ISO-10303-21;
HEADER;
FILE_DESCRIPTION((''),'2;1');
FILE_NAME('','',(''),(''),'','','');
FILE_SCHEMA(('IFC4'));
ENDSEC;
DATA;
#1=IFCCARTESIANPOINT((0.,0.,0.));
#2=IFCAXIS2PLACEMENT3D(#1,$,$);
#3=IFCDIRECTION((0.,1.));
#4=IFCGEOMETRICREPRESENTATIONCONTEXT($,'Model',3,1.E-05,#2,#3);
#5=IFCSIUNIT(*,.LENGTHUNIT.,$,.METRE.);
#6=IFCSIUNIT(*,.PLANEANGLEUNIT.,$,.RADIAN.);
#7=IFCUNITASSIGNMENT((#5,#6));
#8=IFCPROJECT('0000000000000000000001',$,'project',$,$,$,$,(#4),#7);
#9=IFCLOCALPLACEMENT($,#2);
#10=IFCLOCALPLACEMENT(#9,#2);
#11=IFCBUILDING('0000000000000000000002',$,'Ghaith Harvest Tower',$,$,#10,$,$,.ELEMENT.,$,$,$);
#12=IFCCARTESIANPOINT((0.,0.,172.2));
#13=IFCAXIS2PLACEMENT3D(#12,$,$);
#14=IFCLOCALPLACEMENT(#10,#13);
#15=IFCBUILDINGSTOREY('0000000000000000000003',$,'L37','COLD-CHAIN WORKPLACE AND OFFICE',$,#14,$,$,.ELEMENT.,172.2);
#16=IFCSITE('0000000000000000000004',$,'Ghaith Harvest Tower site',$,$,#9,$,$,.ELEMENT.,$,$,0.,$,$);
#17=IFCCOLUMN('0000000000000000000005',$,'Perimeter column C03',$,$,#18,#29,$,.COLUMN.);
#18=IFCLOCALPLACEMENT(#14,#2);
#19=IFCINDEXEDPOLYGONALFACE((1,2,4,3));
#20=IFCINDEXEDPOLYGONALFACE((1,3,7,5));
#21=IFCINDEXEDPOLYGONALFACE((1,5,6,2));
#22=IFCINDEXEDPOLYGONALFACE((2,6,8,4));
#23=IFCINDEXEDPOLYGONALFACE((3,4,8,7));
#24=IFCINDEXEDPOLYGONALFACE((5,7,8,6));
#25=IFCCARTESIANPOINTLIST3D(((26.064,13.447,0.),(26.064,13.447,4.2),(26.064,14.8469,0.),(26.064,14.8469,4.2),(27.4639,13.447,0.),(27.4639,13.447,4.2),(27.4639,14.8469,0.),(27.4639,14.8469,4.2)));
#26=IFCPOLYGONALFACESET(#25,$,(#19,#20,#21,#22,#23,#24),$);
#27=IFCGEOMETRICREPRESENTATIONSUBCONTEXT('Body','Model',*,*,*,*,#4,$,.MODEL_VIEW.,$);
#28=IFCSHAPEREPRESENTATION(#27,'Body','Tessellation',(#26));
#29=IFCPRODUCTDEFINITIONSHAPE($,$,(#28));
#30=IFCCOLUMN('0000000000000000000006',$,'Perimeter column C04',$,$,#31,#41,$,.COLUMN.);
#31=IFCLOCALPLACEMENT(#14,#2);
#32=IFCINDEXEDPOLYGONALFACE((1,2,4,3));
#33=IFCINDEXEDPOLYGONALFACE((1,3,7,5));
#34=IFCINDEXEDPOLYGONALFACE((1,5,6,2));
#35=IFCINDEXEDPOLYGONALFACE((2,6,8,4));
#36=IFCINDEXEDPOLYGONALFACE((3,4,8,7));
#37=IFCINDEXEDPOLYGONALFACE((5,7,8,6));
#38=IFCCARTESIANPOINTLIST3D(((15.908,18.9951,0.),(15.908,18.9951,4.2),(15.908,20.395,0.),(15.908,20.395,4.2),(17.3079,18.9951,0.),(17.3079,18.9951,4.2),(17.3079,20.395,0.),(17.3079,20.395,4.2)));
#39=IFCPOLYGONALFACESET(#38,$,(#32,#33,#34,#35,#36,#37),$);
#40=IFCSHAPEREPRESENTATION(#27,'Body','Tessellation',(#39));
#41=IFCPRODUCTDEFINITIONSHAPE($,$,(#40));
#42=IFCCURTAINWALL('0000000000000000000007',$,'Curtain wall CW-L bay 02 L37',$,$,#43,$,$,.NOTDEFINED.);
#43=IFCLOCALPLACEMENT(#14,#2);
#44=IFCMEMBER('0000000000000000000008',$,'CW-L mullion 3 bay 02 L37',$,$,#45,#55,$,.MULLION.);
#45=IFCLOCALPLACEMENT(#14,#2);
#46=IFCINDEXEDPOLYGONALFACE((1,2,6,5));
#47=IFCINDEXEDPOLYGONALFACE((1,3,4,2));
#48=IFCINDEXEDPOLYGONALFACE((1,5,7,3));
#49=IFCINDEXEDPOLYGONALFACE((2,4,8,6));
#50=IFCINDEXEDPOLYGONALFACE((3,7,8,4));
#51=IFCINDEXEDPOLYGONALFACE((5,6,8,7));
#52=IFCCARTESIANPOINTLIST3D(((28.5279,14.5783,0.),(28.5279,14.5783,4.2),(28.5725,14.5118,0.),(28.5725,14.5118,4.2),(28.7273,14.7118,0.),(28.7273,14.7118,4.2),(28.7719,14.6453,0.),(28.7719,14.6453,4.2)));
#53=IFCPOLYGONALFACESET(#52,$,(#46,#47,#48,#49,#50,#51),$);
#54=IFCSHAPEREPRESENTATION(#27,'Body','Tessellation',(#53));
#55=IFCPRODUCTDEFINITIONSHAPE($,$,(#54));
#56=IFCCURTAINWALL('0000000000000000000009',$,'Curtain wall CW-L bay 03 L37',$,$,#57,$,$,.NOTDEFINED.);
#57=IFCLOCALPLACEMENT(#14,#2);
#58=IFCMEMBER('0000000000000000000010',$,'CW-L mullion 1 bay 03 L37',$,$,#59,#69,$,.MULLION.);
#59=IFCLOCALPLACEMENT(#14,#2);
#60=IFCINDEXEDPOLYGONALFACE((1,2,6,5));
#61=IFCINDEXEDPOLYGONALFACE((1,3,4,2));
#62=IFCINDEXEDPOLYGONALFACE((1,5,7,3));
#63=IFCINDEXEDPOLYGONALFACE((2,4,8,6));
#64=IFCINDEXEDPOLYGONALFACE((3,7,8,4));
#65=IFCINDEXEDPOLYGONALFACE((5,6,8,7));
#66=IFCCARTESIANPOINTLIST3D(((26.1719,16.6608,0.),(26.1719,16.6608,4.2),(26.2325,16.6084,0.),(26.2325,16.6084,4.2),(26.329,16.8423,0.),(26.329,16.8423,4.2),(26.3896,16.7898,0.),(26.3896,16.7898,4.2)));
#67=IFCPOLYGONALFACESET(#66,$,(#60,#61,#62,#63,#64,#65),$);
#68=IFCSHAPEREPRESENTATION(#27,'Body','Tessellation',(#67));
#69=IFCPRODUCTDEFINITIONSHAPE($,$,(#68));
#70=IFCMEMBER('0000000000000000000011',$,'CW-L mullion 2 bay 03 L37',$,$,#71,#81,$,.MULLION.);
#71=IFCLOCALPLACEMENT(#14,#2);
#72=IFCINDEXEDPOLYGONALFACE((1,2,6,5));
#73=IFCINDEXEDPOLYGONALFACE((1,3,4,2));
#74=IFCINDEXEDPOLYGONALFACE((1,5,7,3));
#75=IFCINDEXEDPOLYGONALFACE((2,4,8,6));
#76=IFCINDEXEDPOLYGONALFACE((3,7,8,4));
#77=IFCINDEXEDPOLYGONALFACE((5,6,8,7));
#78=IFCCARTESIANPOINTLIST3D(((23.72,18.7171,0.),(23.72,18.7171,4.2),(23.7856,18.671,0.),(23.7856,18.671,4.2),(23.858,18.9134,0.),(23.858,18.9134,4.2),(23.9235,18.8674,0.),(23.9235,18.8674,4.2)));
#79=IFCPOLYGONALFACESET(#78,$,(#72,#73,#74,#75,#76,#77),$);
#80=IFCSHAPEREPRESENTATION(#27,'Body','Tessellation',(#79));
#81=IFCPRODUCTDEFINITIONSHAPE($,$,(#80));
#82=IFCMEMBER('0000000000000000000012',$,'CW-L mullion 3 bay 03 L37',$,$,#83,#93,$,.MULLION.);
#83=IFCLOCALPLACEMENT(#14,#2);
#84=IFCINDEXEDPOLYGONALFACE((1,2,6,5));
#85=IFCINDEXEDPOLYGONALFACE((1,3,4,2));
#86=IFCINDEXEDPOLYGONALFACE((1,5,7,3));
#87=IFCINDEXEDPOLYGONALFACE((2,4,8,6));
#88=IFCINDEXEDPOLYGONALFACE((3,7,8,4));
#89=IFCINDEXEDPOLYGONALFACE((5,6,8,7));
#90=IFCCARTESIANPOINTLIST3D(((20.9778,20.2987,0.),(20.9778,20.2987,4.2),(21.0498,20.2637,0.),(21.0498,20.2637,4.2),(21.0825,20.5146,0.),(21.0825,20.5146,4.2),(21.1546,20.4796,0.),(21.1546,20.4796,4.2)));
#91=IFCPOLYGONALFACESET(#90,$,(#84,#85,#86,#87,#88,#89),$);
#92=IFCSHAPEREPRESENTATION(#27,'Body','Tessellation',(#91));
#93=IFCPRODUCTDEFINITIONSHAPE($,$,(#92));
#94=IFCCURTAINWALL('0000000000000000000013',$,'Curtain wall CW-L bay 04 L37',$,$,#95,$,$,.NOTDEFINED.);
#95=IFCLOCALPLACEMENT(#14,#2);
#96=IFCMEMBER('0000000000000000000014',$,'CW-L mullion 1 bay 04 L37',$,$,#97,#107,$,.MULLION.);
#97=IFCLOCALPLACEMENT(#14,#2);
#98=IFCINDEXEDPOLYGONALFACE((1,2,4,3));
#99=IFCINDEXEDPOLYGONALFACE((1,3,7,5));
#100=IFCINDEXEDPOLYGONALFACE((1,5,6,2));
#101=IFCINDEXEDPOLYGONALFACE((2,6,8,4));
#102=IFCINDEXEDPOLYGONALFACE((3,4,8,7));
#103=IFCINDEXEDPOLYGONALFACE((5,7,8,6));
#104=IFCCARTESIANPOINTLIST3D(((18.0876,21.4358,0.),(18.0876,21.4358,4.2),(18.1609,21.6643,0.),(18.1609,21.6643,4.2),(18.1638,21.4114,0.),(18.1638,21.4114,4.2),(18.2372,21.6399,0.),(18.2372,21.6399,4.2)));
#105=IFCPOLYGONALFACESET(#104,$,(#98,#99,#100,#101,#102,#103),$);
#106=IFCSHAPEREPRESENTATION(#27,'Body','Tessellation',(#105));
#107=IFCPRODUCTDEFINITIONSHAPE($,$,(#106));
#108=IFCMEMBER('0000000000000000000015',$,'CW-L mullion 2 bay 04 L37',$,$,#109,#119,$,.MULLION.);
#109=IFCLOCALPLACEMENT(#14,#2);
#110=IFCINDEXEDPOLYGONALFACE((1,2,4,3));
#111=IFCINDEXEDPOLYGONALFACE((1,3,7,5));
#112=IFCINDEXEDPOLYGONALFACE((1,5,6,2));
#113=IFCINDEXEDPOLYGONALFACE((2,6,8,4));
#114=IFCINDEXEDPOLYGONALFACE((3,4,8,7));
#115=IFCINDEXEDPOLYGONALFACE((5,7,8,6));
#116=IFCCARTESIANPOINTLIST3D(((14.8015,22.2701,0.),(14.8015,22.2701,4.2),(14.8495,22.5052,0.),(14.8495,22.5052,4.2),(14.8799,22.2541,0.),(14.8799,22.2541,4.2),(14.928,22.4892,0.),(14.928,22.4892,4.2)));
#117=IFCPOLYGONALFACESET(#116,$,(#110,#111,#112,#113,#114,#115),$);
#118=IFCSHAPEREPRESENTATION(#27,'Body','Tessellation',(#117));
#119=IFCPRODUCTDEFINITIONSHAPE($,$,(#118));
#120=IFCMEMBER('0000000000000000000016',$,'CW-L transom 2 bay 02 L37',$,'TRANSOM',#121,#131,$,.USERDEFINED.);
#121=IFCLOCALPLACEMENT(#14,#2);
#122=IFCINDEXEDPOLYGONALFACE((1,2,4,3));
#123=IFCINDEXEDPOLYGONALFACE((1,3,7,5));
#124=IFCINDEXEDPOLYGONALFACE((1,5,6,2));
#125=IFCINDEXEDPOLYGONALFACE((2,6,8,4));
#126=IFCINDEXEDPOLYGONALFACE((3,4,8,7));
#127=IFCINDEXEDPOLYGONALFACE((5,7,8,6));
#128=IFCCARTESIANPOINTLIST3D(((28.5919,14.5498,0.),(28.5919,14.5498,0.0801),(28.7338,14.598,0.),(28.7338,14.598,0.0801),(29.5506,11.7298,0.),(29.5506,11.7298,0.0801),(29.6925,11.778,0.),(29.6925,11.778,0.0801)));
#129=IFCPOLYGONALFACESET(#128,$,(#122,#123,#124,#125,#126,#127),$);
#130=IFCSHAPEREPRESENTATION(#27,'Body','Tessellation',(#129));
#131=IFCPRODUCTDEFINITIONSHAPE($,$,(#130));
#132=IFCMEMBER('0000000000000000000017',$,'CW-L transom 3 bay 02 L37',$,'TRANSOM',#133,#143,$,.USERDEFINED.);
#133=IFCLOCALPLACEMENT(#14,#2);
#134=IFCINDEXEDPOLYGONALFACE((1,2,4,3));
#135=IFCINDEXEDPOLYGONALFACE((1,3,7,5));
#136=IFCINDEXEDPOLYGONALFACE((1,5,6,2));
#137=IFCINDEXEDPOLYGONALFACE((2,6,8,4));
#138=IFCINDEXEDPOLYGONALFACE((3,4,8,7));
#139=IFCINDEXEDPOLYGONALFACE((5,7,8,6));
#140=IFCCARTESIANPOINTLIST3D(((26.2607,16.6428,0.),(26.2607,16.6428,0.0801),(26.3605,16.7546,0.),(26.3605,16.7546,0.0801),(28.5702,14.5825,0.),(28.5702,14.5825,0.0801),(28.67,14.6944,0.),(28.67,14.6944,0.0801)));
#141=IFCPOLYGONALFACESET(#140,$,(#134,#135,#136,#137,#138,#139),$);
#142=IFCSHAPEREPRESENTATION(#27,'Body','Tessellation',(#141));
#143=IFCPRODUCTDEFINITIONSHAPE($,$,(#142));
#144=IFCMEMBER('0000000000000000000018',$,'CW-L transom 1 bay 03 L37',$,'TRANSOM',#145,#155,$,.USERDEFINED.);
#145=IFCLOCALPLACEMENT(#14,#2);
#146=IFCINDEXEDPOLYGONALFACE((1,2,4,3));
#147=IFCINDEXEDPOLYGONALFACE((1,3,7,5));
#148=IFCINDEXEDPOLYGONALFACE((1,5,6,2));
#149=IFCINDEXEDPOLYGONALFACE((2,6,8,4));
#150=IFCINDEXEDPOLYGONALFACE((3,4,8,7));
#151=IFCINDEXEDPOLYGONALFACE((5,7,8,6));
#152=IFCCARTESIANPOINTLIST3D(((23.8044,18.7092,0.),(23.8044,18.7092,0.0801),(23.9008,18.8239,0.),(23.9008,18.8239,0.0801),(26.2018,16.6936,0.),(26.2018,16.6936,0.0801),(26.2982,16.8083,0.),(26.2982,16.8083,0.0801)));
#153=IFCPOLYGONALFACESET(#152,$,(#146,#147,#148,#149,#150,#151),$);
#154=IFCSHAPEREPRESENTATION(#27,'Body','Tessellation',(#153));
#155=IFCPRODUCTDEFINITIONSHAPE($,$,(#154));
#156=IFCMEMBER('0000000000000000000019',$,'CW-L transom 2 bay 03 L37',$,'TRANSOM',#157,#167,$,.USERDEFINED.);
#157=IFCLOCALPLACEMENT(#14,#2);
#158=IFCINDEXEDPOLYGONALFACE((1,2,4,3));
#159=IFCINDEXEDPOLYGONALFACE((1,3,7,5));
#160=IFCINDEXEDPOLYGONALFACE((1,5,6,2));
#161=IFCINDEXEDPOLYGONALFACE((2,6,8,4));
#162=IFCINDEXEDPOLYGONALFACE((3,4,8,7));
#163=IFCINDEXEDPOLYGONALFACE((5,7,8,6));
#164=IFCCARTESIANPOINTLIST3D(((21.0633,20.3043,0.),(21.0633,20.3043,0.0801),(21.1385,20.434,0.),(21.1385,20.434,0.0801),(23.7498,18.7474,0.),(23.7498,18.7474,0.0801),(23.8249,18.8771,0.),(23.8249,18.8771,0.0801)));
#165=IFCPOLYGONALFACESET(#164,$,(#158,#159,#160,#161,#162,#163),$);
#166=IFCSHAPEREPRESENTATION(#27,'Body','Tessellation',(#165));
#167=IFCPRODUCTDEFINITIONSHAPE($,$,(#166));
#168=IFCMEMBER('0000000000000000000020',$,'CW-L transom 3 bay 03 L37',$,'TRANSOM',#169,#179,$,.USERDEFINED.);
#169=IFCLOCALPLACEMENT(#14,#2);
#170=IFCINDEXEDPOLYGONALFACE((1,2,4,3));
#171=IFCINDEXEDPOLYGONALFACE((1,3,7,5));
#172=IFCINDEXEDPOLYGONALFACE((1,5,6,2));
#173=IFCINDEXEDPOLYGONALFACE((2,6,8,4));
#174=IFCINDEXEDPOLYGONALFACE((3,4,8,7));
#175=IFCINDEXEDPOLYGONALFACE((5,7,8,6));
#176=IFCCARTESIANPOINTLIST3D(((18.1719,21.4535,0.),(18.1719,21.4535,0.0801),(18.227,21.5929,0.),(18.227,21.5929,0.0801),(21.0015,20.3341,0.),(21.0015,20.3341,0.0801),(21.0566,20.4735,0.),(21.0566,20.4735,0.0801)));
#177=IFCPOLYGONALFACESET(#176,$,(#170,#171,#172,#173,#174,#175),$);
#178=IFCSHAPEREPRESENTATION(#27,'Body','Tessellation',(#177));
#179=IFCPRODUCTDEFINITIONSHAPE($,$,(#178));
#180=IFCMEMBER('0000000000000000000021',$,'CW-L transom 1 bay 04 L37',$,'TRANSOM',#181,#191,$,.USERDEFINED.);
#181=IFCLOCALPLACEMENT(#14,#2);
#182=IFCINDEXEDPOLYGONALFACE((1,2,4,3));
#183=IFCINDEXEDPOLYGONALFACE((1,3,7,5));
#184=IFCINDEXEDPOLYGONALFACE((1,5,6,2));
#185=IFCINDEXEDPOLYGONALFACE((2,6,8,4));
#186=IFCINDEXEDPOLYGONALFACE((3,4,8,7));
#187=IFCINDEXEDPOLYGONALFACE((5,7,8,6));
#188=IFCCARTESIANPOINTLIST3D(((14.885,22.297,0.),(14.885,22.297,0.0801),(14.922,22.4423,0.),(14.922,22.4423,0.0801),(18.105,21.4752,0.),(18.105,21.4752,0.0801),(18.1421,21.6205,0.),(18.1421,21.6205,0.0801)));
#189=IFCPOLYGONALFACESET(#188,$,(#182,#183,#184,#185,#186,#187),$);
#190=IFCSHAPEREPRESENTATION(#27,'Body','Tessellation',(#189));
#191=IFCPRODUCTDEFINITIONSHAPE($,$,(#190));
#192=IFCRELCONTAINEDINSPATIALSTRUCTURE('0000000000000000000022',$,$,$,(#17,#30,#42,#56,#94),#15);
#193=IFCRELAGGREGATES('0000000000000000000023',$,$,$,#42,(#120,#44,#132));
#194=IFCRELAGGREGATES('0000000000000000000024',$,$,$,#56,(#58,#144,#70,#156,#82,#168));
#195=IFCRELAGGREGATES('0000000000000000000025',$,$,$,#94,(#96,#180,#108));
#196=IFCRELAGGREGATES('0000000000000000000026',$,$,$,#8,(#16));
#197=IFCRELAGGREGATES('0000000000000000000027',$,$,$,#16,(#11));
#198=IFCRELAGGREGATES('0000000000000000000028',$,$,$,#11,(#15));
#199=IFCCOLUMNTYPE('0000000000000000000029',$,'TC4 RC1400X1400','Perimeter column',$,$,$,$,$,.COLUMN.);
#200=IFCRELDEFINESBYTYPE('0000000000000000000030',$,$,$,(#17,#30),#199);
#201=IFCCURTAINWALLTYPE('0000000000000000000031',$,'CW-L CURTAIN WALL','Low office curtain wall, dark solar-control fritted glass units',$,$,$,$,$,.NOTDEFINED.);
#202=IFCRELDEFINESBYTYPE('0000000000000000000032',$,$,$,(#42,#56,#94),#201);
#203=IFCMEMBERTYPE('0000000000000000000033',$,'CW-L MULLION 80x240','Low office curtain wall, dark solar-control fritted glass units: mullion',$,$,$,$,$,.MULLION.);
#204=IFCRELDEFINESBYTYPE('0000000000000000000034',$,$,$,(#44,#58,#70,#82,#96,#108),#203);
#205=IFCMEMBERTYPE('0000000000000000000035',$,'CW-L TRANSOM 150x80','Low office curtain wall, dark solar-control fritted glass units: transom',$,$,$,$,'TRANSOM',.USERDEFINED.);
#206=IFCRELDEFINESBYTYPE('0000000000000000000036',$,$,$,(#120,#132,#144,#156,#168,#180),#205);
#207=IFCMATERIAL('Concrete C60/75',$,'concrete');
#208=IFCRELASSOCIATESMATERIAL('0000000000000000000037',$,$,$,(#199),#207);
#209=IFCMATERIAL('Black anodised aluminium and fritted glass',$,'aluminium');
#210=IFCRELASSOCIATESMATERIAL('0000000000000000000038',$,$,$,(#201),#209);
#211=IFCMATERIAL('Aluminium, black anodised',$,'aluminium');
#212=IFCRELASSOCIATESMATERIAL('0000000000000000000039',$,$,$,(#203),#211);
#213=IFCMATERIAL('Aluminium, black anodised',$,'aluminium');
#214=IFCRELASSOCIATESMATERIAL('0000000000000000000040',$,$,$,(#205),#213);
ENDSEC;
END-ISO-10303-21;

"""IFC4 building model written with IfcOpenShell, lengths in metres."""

from ifc_helpers import new_model, si_unit, direction, frame, origin, origin_2d, place, context, subcontext, project, spatial, rectangle, extrude, material, material_profile, profile_set, type_object, element, aggregate, save


model = new_model("IFC4")

# Units and contexts
model_context = context("Model", 3, precision=1e-05, world=origin(), true_north=direction((0.0, 1.0)))
body_context = subcontext(model_context, "Body", "Model", "MODEL_VIEW")
ifc_project = project(units=[si_unit("LENGTHUNIT", "METRE"), si_unit("PLANEANGLEUNIT", "RADIAN")], contexts=[model_context])

# Site, building, storey
site_placement = place(None, origin())
site = spatial("IfcSite", under=ifc_project, at=site_placement, Name="Ghaith Harvest Tower site", CompositionType="ELEMENT", RefElevation=0.0)
building_placement = place(site_placement, origin())
building = spatial("IfcBuilding", under=site, at=building_placement, Name="Ghaith Harvest Tower", CompositionType="ELEMENT")
storey_placement = place(building_placement, frame((0.0, 0.0, 172.2)))
storey = spatial("IfcBuildingStorey", under=building, at=storey_placement, Name="L37", Description="COLD-CHAIN WORKPLACE AND OFFICE", CompositionType="ELEMENT", Elevation=172.2)

# Columns
ifc_material_1 = material(Name="Concrete C60/75", Category="concrete")
ifc_material_profile_1 = material_profile(ifc_material_1, rectangle(XDim=1.3999, YDim=1.3999, at=origin_2d()), Name="RC1400X1400")
ifc_profile_set_1 = profile_set([ifc_material_profile_1], Name="Concrete C60/75")
column_type = type_object("IfcColumnType", Name="TC4 RC1400X1400", Description="Perimeter column", PredefinedType="COLUMN", material=ifc_profile_set_1)
for number, where, z_axis, x_axis, name in (
    (1, (26.7639, 14.147, 0.0), (0.0, 0.0, 1.0), (1.0, 0.0, 0.0), "Perimeter column C03"),
    (2, (16.6079, 19.6951, 0.0), (0.0, 0.0, 1.0), (1.0, 0.0, 0.0), "Perimeter column C04"),
):
    element("IfcColumn", number, at=place(storey_placement, frame(where, z_axis=z_axis, x_axis=x_axis)), inside=storey, type_object=column_type, Name=name, PredefinedType="COLUMN", context=body_context, shape_type="SweptSolid", body=[
        extrude(rectangle(XDim=1.3999, YDim=1.3999, at=origin_2d()), origin(), (0.0, 0.0, 1.0), 4.2),
    ])

# Curtain wall, member
ifc_material_2 = material(Name="Black anodised aluminium and fritted glass", Category="aluminium")
curtain_wall_type = type_object("IfcCurtainWallType", Name="CW-L CURTAIN WALL", Description="Low office curtain wall, dark solar-control fritted glass units", PredefinedType="NOTDEFINED", material=ifc_material_2)
curtain_wall_1_placement = place(storey_placement, origin())
curtain_wall_1 = element("IfcCurtainWall", 3, at=curtain_wall_1_placement, inside=storey, type_object=curtain_wall_type, Name="Curtain wall CW-L bay 02 L37", PredefinedType="NOTDEFINED")
ifc_material_3 = material(Name="Aluminium, black anodised", Category="aluminium")
ifc_material_profile_2 = material_profile(ifc_material_3, rectangle(XDim=0.0801, YDim=0.24, at=origin_2d()), Name="CW-L MULLION 80x240")
ifc_profile_set_2 = profile_set([ifc_material_profile_2], Name="Aluminium, black anodised")
member_type_1 = type_object("IfcMemberType", Name="CW-L MULLION 80x240", Description="Low office curtain wall, dark solar-control fritted glass units: mullion", PredefinedType="MULLION", material=ifc_profile_set_2)
member_1_placement = place(storey_placement, frame((28.6499, 14.6118, 0.0), z_axis=(0.0, 0.0, 1.0), x_axis=(-0.556324, 0.830965, 0.0)))
member_1 = element("IfcMember", 4, at=member_1_placement, type_object=member_type_1, Name="CW-L mullion 3 bay 02 L37", PredefinedType="MULLION", context=body_context, shape_type="SweptSolid", body=[
    extrude(rectangle(XDim=0.0801, YDim=0.24, at=origin_2d()), origin(), (0.0, 0.0, 1.0), 4.2),
])

# Curtain walls, members
curtain_wall_2_placement = place(storey_placement, origin())
curtain_wall_2 = element("IfcCurtainWall", 5, at=curtain_wall_2_placement, inside=storey, type_object=curtain_wall_type, Name="Curtain wall CW-L bay 03 L37", PredefinedType="NOTDEFINED")
member_2_placement = place(storey_placement, frame((26.2808, 16.7253, 0.0), z_axis=(0.0, 0.0, 1.0), x_axis=(-0.755999, 0.654572, 0.0)))
member_2 = element("IfcMember", 6, at=member_2_placement, type_object=member_type_1, Name="CW-L mullion 1 bay 03 L37", PredefinedType="MULLION", context=body_context, shape_type="SweptSolid", body=[
    extrude(rectangle(XDim=0.0801, YDim=0.24, at=origin_2d()), origin(), (0.0, 0.0, 1.0), 4.2),
])
member_3_placement = place(storey_placement, frame((23.8218, 18.7922, 0.0), z_axis=(0.0, 0.0, 1.0), x_axis=(-0.818229, 0.574893, 0.0)))
member_3 = element("IfcMember", 7, at=member_3_placement, type_object=member_type_1, Name="CW-L mullion 2 bay 03 L37", PredefinedType="MULLION", context=body_context, shape_type="SweptSolid", body=[
    extrude(rectangle(XDim=0.0801, YDim=0.24, at=origin_2d()), origin(), (0.0, 0.0, 1.0), 4.2),
])
member_4_placement = place(storey_placement, frame((21.0662, 20.3892, 0.0), z_axis=(0.0, 0.0, 1.0), x_axis=(-0.899713, 0.436481, 0.0)))
member_4 = element("IfcMember", 8, at=member_4_placement, type_object=member_type_1, Name="CW-L mullion 3 bay 03 L37", PredefinedType="MULLION", context=body_context, shape_type="SweptSolid", body=[
    extrude(rectangle(XDim=0.0801, YDim=0.24, at=origin_2d()), origin(), (0.0, 0.0, 1.0), 4.2),
])
curtain_wall_3_placement = place(storey_placement, origin())
curtain_wall_3 = element("IfcCurtainWall", 9, at=curtain_wall_3_placement, inside=storey, type_object=curtain_wall_type, Name="Curtain wall CW-L bay 04 L37", PredefinedType="NOTDEFINED")
member_5_placement = place(storey_placement, frame((18.1624, 21.5378, 0.0), z_axis=(0.0, 0.0, 1.0), x_axis=(-0.952152, 0.305624, 0.0)))
member_5 = element("IfcMember", 10, at=member_5_placement, type_object=member_type_1, Name="CW-L mullion 1 bay 04 L37", PredefinedType="MULLION", context=body_context, shape_type="SweptSolid", body=[
    extrude(rectangle(XDim=0.0801, YDim=0.24, at=origin_2d()), origin(), (0.0, 0.0, 1.0), 4.2),
])
member_6_placement = place(storey_placement, frame((14.8647, 22.3796, 0.0), z_axis=(0.0, 0.0, 1.0), x_axis=(-0.979752, 0.200215, 0.0)))
member_6 = element("IfcMember", 11, at=member_6_placement, type_object=member_type_1, Name="CW-L mullion 2 bay 04 L37", PredefinedType="MULLION", context=body_context, shape_type="SweptSolid", body=[
    extrude(rectangle(XDim=0.0801, YDim=0.24, at=origin_2d()), origin(), (0.0, 0.0, 1.0), 4.2),
])

# Members
ifc_material_4 = material(Name="Aluminium, black anodised", Category="aluminium")
ifc_material_profile_3 = material_profile(ifc_material_4, rectangle(XDim=0.1499, YDim=0.0801, at=origin_2d()), Name="CW-L TRANSOM 150x80")
ifc_profile_set_3 = profile_set([ifc_material_profile_3], Name="Aluminium, black anodised")
member_type_2 = type_object("IfcMemberType", Name="CW-L TRANSOM 150x80", Description="Low office curtain wall, dark solar-control fritted glass units: transom", ElementType="TRANSOM", PredefinedType="USERDEFINED", material=ifc_profile_set_3)
member_7_placement = place(storey_placement, frame((29.6216, 11.7539, 0.04), z_axis=(-0.321878, 0.946781, 0.0), x_axis=(-0.946781, -0.321878, 0.0)))
member_7 = element("IfcMember", 12, at=member_7_placement, type_object=member_type_2, Name="CW-L transom 2 bay 02 L37", ObjectType="TRANSOM", PredefinedType="USERDEFINED", context=body_context, shape_type="SweptSolid", body=[
    extrude(rectangle(XDim=0.1499, YDim=0.0801, at=origin_2d()), origin(), (0.0, 0.0, 1.0), 2.9785),
])
member_8_placement = place(storey_placement, frame((28.6201, 14.6384, 0.04), z_axis=(-0.746229, 0.66569, 0.0), x_axis=(-0.66569, -0.746229, 0.0)))
member_8 = element("IfcMember", 13, at=member_8_placement, type_object=member_type_2, Name="CW-L transom 3 bay 02 L37", ObjectType="TRANSOM", PredefinedType="USERDEFINED", context=body_context, shape_type="SweptSolid", body=[
    extrude(rectangle(XDim=0.1499, YDim=0.0801, at=origin_2d()), origin(), (0.0, 0.0, 1.0), 3.095),
])
member_9_placement = place(storey_placement, frame((26.25, 16.751, 0.04), z_axis=(-0.765428, 0.643521, 0.0), x_axis=(-0.643521, -0.765428, 0.0)))
member_9 = element("IfcMember", 14, at=member_9_placement, type_object=member_type_2, Name="CW-L transom 1 bay 03 L37", ObjectType="TRANSOM", PredefinedType="USERDEFINED", context=body_context, shape_type="SweptSolid", body=[
    extrude(rectangle(XDim=0.1499, YDim=0.0801, at=origin_2d()), origin(), (0.0, 0.0, 1.0), 3.1321),
])
member_10_placement = place(storey_placement, frame((23.7874, 18.8123, 0.04), z_axis=(-0.865213, 0.501405, 0.0), x_axis=(-0.501405, -0.865213, 0.0)))
member_10 = element("IfcMember", 15, at=member_10_placement, type_object=member_type_2, Name="CW-L transom 2 bay 03 L37", ObjectType="TRANSOM", PredefinedType="USERDEFINED", context=body_context, shape_type="SweptSolid", body=[
    extrude(rectangle(XDim=0.1499, YDim=0.0801, at=origin_2d()), origin(), (0.0, 0.0, 1.0), 3.105),
])
member_11_placement = place(storey_placement, frame((21.0291, 20.4038, 0.04), z_axis=(-0.929881, 0.367861, 0.0), x_axis=(-0.367861, -0.929881, 0.0)))
member_11 = element("IfcMember", 16, at=member_11_placement, type_object=member_type_2, Name="CW-L transom 3 bay 03 L37", ObjectType="TRANSOM", PredefinedType="USERDEFINED", context=body_context, shape_type="SweptSolid", body=[
    extrude(rectangle(XDim=0.1499, YDim=0.0801, at=origin_2d()), origin(), (0.0, 0.0, 1.0), 3.043),
])
member_12_placement = place(storey_placement, frame((18.1235, 21.5479, 0.04), z_axis=(-0.968942, 0.247286, 0.0), x_axis=(-0.247286, -0.968942, 0.0)))
member_12 = element("IfcMember", 17, at=member_12_placement, type_object=member_type_2, Name="CW-L transom 1 bay 04 L37", ObjectType="TRANSOM", PredefinedType="USERDEFINED", context=body_context, shape_type="SweptSolid", body=[
    extrude(rectangle(XDim=0.1499, YDim=0.0801, at=origin_2d()), origin(), (0.0, 0.0, 1.0), 3.3232),
])

aggregate(curtain_wall_1, [member_7, member_1, member_8])
aggregate(curtain_wall_2, [member_2, member_9, member_3, member_10, member_4, member_11])
aggregate(curtain_wall_3, [member_5, member_12, member_6])

save(model, "model.ifc")
